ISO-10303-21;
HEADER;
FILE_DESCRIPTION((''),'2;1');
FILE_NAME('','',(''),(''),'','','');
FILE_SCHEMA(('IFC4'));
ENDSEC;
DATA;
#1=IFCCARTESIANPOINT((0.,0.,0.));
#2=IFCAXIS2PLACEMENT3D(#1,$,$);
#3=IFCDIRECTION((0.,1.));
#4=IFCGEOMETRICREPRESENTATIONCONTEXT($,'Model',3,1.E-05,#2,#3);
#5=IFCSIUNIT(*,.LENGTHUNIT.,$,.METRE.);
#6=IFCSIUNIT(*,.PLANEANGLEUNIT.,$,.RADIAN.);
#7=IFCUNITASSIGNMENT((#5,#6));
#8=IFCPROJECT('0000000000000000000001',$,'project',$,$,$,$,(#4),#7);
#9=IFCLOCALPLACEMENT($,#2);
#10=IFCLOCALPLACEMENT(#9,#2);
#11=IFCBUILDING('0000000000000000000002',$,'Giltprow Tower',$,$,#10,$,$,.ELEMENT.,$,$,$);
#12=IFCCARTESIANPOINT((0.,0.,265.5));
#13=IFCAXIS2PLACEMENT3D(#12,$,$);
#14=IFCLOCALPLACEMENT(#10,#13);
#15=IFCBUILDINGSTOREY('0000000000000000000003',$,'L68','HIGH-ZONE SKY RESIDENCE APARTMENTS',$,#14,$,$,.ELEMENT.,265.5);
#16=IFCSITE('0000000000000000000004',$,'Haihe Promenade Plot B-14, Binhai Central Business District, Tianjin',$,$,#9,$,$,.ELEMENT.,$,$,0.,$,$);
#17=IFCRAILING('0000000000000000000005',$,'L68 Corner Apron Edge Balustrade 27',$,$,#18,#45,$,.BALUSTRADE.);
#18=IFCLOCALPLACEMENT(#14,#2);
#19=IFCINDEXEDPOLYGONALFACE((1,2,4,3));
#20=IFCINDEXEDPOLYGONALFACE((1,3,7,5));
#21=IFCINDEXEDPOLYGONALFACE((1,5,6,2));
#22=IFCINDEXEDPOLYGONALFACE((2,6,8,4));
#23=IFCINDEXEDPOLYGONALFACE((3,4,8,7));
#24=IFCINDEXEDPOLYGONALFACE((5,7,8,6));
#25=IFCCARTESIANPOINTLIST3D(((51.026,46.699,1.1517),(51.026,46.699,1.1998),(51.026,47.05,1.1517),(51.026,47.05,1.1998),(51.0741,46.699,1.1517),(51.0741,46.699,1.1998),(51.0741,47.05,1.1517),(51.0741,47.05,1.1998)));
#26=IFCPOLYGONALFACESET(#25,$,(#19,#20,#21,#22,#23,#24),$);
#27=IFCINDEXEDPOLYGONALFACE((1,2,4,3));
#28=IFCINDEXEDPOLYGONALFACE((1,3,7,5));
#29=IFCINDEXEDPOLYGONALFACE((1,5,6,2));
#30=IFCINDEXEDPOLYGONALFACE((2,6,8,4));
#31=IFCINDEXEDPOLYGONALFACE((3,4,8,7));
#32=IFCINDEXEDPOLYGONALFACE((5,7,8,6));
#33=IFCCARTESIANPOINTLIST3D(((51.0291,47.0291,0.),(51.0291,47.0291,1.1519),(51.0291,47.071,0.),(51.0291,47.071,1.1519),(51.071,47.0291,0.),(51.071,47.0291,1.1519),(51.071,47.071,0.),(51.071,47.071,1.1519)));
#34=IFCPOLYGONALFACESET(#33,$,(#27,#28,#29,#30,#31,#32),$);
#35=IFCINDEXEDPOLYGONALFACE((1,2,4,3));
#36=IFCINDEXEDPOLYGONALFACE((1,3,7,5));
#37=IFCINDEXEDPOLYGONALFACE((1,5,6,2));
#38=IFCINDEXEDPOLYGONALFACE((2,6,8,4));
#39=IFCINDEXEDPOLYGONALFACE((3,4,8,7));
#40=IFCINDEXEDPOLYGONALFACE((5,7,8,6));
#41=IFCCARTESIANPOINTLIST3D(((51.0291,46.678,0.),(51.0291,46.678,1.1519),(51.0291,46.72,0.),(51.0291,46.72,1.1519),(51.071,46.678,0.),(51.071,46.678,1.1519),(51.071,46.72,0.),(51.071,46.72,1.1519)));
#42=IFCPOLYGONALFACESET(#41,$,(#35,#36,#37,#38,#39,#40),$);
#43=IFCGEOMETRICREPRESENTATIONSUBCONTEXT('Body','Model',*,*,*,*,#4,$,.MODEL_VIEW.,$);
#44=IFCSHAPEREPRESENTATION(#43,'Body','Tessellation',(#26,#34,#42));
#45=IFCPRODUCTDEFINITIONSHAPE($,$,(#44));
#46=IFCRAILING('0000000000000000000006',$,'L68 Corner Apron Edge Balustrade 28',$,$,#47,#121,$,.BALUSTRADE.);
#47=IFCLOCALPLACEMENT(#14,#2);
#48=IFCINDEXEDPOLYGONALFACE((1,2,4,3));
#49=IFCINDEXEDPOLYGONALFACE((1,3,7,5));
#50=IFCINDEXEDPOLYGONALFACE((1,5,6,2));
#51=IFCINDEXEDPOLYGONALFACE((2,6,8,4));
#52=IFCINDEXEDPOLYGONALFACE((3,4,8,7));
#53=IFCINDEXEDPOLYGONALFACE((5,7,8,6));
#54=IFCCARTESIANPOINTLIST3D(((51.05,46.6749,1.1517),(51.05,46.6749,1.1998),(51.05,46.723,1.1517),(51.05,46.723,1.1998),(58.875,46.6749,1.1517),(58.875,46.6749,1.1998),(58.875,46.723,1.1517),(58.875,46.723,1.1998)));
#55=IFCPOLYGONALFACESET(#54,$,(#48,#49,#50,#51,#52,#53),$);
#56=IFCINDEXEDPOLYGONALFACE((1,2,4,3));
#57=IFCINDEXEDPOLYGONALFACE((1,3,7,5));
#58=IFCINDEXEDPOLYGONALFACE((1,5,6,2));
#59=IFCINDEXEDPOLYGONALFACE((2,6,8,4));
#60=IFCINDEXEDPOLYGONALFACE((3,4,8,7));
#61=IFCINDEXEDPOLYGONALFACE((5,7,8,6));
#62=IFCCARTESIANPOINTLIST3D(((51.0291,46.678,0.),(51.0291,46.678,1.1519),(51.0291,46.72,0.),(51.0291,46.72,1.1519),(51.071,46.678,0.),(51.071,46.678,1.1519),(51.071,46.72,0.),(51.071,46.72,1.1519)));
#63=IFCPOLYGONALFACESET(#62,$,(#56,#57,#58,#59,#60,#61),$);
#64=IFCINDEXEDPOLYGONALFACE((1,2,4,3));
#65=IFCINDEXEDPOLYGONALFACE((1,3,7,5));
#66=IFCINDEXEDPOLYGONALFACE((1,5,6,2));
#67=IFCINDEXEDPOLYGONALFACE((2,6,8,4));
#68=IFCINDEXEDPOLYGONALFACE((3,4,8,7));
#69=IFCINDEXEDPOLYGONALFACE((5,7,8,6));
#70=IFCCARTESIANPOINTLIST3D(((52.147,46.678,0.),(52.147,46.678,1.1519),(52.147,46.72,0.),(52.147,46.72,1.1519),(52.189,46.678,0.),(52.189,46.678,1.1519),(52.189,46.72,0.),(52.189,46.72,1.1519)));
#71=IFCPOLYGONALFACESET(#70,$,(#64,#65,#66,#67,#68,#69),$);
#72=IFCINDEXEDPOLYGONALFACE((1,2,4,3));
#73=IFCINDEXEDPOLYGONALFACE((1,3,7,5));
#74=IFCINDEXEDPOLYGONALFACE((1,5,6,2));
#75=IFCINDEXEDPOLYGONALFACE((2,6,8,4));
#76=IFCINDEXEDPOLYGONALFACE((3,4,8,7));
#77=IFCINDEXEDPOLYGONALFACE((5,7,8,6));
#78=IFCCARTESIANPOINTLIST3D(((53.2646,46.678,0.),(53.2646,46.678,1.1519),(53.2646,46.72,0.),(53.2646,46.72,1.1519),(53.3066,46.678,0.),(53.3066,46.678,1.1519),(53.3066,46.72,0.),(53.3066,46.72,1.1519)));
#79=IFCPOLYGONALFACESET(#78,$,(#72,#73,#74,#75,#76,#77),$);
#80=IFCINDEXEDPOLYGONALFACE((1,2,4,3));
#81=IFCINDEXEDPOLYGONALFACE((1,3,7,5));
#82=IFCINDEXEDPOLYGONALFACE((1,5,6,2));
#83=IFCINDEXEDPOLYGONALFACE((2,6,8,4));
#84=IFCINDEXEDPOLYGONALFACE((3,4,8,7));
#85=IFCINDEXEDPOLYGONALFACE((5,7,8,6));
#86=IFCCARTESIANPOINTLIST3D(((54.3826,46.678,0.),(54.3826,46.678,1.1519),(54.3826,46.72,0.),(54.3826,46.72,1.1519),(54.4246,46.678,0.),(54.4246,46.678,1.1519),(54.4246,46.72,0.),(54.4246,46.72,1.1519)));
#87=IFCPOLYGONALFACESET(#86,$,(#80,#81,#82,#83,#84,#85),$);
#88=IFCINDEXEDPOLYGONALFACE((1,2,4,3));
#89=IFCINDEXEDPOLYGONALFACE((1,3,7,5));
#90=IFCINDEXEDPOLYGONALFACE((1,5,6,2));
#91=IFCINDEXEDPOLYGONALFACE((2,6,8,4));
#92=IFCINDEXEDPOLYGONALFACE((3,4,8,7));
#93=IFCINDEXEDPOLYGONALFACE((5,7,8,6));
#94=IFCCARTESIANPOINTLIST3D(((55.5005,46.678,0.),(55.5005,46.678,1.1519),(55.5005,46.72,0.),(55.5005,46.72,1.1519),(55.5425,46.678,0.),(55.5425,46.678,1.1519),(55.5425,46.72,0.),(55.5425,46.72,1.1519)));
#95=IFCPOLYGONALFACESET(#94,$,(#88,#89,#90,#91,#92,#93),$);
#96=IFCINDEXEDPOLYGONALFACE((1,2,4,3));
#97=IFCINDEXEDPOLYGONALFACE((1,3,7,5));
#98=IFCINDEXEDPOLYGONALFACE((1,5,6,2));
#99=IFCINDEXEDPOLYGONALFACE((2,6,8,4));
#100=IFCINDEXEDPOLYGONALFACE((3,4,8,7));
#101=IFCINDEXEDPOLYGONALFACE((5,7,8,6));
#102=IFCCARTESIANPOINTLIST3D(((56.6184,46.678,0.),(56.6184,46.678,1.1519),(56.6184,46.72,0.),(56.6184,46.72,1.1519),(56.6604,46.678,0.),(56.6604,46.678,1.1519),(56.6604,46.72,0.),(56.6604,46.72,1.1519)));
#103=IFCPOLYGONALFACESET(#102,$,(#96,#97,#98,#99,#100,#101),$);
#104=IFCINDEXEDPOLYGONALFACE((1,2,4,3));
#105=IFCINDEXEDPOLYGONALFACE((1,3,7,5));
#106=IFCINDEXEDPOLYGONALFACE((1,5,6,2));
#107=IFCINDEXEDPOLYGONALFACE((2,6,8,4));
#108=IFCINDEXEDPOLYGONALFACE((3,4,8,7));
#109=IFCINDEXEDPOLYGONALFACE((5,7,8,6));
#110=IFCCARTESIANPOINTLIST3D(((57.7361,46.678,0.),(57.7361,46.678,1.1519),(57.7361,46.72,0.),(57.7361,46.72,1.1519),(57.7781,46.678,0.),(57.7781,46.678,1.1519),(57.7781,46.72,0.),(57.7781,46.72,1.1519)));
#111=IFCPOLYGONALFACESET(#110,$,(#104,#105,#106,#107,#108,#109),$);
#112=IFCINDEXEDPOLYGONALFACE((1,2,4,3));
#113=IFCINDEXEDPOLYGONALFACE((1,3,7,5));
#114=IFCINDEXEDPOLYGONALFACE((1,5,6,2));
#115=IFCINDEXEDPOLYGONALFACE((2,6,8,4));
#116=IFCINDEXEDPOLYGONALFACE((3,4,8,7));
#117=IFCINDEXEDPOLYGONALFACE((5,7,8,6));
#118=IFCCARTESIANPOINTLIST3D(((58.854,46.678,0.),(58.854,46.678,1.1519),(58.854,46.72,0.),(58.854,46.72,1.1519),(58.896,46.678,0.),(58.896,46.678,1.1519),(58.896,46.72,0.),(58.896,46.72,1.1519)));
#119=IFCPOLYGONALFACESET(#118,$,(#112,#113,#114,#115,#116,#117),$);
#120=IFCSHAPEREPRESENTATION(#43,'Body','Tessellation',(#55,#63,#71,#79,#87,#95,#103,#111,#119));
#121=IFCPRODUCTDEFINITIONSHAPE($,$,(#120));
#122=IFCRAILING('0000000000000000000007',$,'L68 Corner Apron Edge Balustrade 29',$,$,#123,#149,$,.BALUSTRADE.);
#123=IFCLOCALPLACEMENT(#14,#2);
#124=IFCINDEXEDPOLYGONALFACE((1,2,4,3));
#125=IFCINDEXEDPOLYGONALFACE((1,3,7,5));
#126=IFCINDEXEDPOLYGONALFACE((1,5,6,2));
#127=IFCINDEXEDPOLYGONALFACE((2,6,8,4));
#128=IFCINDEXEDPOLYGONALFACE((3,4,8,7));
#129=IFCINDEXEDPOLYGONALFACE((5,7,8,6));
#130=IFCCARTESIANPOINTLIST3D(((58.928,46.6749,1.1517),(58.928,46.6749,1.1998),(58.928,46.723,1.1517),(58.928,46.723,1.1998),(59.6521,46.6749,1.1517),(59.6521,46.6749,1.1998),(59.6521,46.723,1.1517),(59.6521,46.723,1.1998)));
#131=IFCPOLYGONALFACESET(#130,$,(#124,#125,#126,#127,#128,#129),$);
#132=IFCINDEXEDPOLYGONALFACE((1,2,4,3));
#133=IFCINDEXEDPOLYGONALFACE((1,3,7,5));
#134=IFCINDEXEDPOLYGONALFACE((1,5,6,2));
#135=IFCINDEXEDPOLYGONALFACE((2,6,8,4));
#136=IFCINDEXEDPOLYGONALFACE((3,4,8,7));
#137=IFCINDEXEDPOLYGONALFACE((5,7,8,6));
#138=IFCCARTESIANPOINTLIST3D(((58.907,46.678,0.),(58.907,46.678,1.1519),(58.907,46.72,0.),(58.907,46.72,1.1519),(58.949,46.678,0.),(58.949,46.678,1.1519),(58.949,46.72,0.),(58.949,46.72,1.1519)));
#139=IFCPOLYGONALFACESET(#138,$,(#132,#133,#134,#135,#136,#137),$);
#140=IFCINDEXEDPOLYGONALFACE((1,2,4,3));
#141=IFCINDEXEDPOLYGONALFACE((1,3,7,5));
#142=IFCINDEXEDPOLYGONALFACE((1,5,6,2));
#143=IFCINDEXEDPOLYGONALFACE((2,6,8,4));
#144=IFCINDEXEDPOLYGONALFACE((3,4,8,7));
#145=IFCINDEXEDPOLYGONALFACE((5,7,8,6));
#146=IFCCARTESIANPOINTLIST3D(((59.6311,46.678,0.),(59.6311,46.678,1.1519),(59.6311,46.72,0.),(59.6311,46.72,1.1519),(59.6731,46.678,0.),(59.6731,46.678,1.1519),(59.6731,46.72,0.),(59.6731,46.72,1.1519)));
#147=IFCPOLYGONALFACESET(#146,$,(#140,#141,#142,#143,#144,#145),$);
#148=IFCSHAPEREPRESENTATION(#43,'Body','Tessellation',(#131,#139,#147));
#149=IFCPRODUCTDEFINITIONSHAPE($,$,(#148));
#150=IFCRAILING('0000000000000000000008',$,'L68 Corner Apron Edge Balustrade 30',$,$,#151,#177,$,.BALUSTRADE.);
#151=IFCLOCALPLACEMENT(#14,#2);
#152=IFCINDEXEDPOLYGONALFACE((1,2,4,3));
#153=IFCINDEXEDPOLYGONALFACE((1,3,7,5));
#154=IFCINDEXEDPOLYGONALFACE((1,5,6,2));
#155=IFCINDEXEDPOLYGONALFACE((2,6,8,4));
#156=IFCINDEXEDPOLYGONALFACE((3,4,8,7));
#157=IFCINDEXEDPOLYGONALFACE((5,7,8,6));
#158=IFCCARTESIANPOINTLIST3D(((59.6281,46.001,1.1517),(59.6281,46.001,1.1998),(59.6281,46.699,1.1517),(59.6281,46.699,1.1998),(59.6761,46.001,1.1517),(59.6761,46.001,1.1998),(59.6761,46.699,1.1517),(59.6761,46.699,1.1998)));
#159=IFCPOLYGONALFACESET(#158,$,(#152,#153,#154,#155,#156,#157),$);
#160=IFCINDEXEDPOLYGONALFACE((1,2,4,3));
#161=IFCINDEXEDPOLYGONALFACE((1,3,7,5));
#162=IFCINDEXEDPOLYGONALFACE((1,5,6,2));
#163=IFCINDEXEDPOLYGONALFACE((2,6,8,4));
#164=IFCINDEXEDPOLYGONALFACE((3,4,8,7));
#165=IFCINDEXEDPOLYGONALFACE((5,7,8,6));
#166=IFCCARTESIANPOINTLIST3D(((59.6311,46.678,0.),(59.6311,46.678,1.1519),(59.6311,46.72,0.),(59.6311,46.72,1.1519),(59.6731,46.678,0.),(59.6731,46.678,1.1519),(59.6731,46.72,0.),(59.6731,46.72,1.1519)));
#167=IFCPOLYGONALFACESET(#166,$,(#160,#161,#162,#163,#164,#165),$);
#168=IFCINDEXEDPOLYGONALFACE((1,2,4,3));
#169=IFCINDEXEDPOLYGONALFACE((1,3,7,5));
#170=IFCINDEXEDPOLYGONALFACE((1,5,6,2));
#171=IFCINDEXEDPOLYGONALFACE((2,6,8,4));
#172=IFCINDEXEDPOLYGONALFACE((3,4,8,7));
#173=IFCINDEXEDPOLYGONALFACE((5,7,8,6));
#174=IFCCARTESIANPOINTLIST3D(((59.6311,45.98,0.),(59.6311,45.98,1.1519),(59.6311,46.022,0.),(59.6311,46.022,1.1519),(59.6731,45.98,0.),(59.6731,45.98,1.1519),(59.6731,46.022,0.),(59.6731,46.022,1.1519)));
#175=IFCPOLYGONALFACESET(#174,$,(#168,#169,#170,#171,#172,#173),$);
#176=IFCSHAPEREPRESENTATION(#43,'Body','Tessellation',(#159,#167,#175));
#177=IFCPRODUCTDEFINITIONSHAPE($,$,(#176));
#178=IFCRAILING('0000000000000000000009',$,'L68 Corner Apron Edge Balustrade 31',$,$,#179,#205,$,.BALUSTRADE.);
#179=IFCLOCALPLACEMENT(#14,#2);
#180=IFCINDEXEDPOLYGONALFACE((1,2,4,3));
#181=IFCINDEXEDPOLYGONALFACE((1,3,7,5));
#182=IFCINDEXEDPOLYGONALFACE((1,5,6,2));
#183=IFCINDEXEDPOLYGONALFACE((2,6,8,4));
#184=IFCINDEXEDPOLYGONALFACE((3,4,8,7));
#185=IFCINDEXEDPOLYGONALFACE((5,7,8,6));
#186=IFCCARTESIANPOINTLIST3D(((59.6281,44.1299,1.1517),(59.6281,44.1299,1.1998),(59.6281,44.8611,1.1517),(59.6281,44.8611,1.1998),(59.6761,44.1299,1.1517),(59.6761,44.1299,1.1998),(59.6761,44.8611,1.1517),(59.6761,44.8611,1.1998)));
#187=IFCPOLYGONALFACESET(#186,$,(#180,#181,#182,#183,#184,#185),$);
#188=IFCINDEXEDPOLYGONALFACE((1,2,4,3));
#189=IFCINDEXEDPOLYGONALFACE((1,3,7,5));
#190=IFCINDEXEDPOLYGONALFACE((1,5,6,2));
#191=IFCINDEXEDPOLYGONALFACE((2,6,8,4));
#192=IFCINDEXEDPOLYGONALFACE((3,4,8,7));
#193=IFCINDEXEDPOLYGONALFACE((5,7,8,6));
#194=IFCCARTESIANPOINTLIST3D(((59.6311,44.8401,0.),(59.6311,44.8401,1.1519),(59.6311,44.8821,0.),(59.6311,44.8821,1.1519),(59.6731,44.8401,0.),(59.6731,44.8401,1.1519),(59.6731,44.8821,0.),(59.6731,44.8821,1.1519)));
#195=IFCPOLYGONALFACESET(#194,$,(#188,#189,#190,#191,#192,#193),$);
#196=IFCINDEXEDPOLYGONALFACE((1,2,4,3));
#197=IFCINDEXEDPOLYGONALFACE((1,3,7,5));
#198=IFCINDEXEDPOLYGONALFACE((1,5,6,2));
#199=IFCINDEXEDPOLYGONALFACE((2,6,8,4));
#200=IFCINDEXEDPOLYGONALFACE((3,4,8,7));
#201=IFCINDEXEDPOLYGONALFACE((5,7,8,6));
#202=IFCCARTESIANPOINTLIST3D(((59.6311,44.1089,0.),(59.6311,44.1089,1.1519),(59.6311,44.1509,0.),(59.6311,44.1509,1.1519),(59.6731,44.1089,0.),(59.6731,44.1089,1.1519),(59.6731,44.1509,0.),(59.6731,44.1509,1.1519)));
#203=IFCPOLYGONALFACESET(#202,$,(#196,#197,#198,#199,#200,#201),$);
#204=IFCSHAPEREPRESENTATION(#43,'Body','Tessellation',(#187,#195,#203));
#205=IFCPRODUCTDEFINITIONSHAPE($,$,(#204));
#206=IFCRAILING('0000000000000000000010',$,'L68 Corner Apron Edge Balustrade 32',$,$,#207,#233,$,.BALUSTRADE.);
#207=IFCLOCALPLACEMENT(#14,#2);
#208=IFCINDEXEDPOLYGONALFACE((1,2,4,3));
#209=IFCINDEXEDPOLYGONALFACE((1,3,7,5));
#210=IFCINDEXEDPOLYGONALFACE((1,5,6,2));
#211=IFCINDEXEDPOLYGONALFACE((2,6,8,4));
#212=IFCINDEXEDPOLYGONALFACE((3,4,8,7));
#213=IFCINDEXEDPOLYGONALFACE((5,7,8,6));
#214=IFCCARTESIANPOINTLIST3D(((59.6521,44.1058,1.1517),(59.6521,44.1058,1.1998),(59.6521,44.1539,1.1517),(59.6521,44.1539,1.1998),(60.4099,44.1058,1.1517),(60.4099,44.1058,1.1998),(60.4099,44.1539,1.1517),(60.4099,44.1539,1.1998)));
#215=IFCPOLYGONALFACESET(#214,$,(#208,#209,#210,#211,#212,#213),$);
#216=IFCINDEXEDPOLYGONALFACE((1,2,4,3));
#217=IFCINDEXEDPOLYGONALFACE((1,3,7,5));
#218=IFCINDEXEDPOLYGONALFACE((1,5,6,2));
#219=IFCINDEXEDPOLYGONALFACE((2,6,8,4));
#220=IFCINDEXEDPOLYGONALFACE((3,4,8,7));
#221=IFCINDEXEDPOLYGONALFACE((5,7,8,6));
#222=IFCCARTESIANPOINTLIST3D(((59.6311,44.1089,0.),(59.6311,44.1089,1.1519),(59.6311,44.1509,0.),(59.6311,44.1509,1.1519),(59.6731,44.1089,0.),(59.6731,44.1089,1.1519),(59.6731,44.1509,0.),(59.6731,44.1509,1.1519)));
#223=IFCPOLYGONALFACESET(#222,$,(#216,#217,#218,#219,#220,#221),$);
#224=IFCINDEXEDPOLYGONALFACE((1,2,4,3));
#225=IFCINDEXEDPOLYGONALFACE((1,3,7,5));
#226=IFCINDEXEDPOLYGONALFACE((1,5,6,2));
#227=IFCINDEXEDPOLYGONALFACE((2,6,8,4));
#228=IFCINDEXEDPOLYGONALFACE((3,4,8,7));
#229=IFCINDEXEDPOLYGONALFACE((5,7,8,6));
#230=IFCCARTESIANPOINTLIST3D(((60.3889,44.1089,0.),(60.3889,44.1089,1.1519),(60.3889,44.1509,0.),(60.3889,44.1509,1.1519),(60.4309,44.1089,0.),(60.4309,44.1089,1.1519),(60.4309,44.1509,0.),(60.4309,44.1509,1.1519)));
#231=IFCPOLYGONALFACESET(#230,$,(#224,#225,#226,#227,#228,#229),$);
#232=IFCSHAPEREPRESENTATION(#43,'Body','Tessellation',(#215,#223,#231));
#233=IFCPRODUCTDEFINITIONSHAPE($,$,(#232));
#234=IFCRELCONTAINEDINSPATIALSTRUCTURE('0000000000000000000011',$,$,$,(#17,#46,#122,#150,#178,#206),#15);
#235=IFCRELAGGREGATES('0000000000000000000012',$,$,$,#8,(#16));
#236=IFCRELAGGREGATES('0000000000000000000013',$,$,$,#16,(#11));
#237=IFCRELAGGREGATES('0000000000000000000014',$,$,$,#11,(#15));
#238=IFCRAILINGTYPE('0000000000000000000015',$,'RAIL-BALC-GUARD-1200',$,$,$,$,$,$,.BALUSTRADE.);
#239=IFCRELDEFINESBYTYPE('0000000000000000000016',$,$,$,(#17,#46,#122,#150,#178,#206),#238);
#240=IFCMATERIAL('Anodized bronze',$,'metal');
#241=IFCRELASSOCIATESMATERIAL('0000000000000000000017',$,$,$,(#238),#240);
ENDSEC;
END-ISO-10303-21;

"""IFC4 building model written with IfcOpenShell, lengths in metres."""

from ifc_helpers import new_model, si_unit, direction, frame, origin, origin_2d, place, context, subcontext, project, spatial, rectangle, extrude, material, type_object, element, save


model = new_model("IFC4")

# Units and contexts
model_context = context("Model", 3, precision=1e-05, world=origin(), true_north=direction((0.0, 1.0)))
body_context = subcontext(model_context, "Body", "Model", "MODEL_VIEW")
ifc_project = project(units=[si_unit("LENGTHUNIT", "METRE"), si_unit("PLANEANGLEUNIT", "RADIAN")], contexts=[model_context])

# Site, building, storey
site_placement = place(None, origin())
site = spatial("IfcSite", under=ifc_project, at=site_placement, Name="Haihe Promenade Plot B-14, Binhai Central Business District, Tianjin", CompositionType="ELEMENT", RefElevation=0.0)
building_placement = place(site_placement, origin())
building = spatial("IfcBuilding", under=site, at=building_placement, Name="Giltprow Tower", CompositionType="ELEMENT")
storey_placement = place(building_placement, frame((0.0, 0.0, 265.5)))
storey = spatial("IfcBuildingStorey", under=building, at=storey_placement, Name="L68", Description="HIGH-ZONE SKY RESIDENCE APARTMENTS", CompositionType="ELEMENT", Elevation=265.5)

# Railings
ifc_material_1 = material(Name="Anodized bronze", Category="metal")
railing_type = type_object("IfcRailingType", Name="RAIL-BALC-GUARD-1200", PredefinedType="BALUSTRADE", material=ifc_material_1)
railing_1_placement = place(storey_placement, frame((51.05, 47.05, 0.0)))
element("IfcRailing", 1, at=railing_1_placement, inside=storey, type_object=railing_type, Name="L68 Corner Apron Edge Balustrade 27", PredefinedType="BALUSTRADE", context=body_context, shape_type="SweptSolid", body=[
    extrude(rectangle(XDim=0.0481, YDim=0.0481, at=origin_2d()), frame((0.0, 0.0, 1.1758), z_axis=(0.0, -1.0, 0.0), x_axis=(1.0, 0.0, 0.0)), (0.0, 0.0, 1.0), 0.3511),
    extrude(rectangle(XDim=0.042, YDim=0.042, at=origin_2d()), origin(), (0.0, 0.0, 1.0), 1.1519),
    extrude(rectangle(XDim=0.042, YDim=0.042, at=origin_2d()), frame((0.0, -0.3511, 0.0)), (0.0, 0.0, 1.0), 1.1519),
])
railing_2_placement = place(storey_placement, frame((51.05, 46.699, 0.0)))
element("IfcRailing", 2, at=railing_2_placement, inside=storey, type_object=railing_type, Name="L68 Corner Apron Edge Balustrade 28", PredefinedType="BALUSTRADE", context=body_context, shape_type="SweptSolid", body=[
    extrude(rectangle(XDim=0.0481, YDim=0.0481, at=origin_2d()), frame((0.0, 0.0, 1.1758), z_axis=(1.0, 0.0, 0.0), x_axis=(0.0, 1.0, 0.0)), (0.0, 0.0, 1.0), 7.825),
    extrude(rectangle(XDim=0.042, YDim=0.042, at=origin_2d()), origin(), (0.0, 0.0, 1.0), 1.1519),
    extrude(rectangle(XDim=0.042, YDim=0.042, at=origin_2d()), frame((1.1179, 0.0, 0.0)), (0.0, 0.0, 1.0), 1.1519),
    extrude(rectangle(XDim=0.042, YDim=0.042, at=origin_2d()), frame((2.2356, 0.0, 0.0)), (0.0, 0.0, 1.0), 1.1519),
    extrude(rectangle(XDim=0.042, YDim=0.042, at=origin_2d()), frame((3.3535, 0.0, 0.0)), (0.0, 0.0, 1.0), 1.1519),
    extrude(rectangle(XDim=0.042, YDim=0.042, at=origin_2d()), frame((4.4714, 0.0, 0.0)), (0.0, 0.0, 1.0), 1.1519),
    extrude(rectangle(XDim=0.042, YDim=0.042, at=origin_2d()), frame((5.5894, 0.0, 0.0)), (0.0, 0.0, 1.0), 1.1519),
    extrude(rectangle(XDim=0.042, YDim=0.042, at=origin_2d()), frame((6.707, 0.0, 0.0)), (0.0, 0.0, 1.0), 1.1519),
    extrude(rectangle(XDim=0.042, YDim=0.042, at=origin_2d()), frame((7.825, 0.0, 0.0)), (0.0, 0.0, 1.0), 1.1519),
])
railing_3_placement = place(storey_placement, frame((58.928, 46.699, 0.0)))
element("IfcRailing", 3, at=railing_3_placement, inside=storey, type_object=railing_type, Name="L68 Corner Apron Edge Balustrade 29", PredefinedType="BALUSTRADE", context=body_context, shape_type="SweptSolid", body=[
    extrude(rectangle(XDim=0.0481, YDim=0.0481, at=origin_2d()), frame((0.0, 0.0, 1.1758), z_axis=(1.0, 0.0, 0.0), x_axis=(0.0, 1.0, 0.0)), (0.0, 0.0, 1.0), 0.7241),
    extrude(rectangle(XDim=0.042, YDim=0.042, at=origin_2d()), origin(), (0.0, 0.0, 1.0), 1.1519),
    extrude(rectangle(XDim=0.042, YDim=0.042, at=origin_2d()), frame((0.7241, 0.0, 0.0)), (0.0, 0.0, 1.0), 1.1519),
])
railing_4_placement = place(storey_placement, frame((59.6521, 46.699, 0.0)))
element("IfcRailing", 4, at=railing_4_placement, inside=storey, type_object=railing_type, Name="L68 Corner Apron Edge Balustrade 30", PredefinedType="BALUSTRADE", context=body_context, shape_type="SweptSolid", body=[
    extrude(rectangle(XDim=0.0481, YDim=0.0481, at=origin_2d()), frame((0.0, 0.0, 1.1758), z_axis=(0.0, -1.0, 0.0), x_axis=(1.0, 0.0, 0.0)), (0.0, 0.0, 1.0), 0.698),
    extrude(rectangle(XDim=0.042, YDim=0.042, at=origin_2d()), origin(), (0.0, 0.0, 1.0), 1.1519),
    extrude(rectangle(XDim=0.042, YDim=0.042, at=origin_2d()), frame((0.0, -0.698, 0.0)), (0.0, 0.0, 1.0), 1.1519),
])
railing_5_placement = place(storey_placement, frame((59.6521, 44.8611, 0.0)))
element("IfcRailing", 5, at=railing_5_placement, inside=storey, type_object=railing_type, Name="L68 Corner Apron Edge Balustrade 31", PredefinedType="BALUSTRADE", context=body_context, shape_type="SweptSolid", body=[
    extrude(rectangle(XDim=0.0481, YDim=0.0481, at=origin_2d()), frame((0.0, 0.0, 1.1758), z_axis=(0.0, -1.0, 0.0), x_axis=(1.0, 0.0, 0.0)), (0.0, 0.0, 1.0), 0.7312),
    extrude(rectangle(XDim=0.042, YDim=0.042, at=origin_2d()), origin(), (0.0, 0.0, 1.0), 1.1519),
    extrude(rectangle(XDim=0.042, YDim=0.042, at=origin_2d()), frame((0.0, -0.7312, 0.0)), (0.0, 0.0, 1.0), 1.1519),
])
railing_6_placement = place(storey_placement, frame((59.6521, 44.1299, 0.0)))
element("IfcRailing", 6, at=railing_6_placement, inside=storey, type_object=railing_type, Name="L68 Corner Apron Edge Balustrade 32", PredefinedType="BALUSTRADE", context=body_context, shape_type="SweptSolid", body=[
    extrude(rectangle(XDim=0.0481, YDim=0.0481, at=origin_2d()), frame((0.0, 0.0, 1.1758), z_axis=(1.0, 0.0, 0.0), x_axis=(0.0, 1.0, 0.0)), (0.0, 0.0, 1.0), 0.7578),
    extrude(rectangle(XDim=0.042, YDim=0.042, at=origin_2d()), origin(), (0.0, 0.0, 1.0), 1.1519),
    extrude(rectangle(XDim=0.042, YDim=0.042, at=origin_2d()), frame((0.7578, 0.0, 0.0)), (0.0, 0.0, 1.0), 1.1519),
])

save(model, "model.ifc")
